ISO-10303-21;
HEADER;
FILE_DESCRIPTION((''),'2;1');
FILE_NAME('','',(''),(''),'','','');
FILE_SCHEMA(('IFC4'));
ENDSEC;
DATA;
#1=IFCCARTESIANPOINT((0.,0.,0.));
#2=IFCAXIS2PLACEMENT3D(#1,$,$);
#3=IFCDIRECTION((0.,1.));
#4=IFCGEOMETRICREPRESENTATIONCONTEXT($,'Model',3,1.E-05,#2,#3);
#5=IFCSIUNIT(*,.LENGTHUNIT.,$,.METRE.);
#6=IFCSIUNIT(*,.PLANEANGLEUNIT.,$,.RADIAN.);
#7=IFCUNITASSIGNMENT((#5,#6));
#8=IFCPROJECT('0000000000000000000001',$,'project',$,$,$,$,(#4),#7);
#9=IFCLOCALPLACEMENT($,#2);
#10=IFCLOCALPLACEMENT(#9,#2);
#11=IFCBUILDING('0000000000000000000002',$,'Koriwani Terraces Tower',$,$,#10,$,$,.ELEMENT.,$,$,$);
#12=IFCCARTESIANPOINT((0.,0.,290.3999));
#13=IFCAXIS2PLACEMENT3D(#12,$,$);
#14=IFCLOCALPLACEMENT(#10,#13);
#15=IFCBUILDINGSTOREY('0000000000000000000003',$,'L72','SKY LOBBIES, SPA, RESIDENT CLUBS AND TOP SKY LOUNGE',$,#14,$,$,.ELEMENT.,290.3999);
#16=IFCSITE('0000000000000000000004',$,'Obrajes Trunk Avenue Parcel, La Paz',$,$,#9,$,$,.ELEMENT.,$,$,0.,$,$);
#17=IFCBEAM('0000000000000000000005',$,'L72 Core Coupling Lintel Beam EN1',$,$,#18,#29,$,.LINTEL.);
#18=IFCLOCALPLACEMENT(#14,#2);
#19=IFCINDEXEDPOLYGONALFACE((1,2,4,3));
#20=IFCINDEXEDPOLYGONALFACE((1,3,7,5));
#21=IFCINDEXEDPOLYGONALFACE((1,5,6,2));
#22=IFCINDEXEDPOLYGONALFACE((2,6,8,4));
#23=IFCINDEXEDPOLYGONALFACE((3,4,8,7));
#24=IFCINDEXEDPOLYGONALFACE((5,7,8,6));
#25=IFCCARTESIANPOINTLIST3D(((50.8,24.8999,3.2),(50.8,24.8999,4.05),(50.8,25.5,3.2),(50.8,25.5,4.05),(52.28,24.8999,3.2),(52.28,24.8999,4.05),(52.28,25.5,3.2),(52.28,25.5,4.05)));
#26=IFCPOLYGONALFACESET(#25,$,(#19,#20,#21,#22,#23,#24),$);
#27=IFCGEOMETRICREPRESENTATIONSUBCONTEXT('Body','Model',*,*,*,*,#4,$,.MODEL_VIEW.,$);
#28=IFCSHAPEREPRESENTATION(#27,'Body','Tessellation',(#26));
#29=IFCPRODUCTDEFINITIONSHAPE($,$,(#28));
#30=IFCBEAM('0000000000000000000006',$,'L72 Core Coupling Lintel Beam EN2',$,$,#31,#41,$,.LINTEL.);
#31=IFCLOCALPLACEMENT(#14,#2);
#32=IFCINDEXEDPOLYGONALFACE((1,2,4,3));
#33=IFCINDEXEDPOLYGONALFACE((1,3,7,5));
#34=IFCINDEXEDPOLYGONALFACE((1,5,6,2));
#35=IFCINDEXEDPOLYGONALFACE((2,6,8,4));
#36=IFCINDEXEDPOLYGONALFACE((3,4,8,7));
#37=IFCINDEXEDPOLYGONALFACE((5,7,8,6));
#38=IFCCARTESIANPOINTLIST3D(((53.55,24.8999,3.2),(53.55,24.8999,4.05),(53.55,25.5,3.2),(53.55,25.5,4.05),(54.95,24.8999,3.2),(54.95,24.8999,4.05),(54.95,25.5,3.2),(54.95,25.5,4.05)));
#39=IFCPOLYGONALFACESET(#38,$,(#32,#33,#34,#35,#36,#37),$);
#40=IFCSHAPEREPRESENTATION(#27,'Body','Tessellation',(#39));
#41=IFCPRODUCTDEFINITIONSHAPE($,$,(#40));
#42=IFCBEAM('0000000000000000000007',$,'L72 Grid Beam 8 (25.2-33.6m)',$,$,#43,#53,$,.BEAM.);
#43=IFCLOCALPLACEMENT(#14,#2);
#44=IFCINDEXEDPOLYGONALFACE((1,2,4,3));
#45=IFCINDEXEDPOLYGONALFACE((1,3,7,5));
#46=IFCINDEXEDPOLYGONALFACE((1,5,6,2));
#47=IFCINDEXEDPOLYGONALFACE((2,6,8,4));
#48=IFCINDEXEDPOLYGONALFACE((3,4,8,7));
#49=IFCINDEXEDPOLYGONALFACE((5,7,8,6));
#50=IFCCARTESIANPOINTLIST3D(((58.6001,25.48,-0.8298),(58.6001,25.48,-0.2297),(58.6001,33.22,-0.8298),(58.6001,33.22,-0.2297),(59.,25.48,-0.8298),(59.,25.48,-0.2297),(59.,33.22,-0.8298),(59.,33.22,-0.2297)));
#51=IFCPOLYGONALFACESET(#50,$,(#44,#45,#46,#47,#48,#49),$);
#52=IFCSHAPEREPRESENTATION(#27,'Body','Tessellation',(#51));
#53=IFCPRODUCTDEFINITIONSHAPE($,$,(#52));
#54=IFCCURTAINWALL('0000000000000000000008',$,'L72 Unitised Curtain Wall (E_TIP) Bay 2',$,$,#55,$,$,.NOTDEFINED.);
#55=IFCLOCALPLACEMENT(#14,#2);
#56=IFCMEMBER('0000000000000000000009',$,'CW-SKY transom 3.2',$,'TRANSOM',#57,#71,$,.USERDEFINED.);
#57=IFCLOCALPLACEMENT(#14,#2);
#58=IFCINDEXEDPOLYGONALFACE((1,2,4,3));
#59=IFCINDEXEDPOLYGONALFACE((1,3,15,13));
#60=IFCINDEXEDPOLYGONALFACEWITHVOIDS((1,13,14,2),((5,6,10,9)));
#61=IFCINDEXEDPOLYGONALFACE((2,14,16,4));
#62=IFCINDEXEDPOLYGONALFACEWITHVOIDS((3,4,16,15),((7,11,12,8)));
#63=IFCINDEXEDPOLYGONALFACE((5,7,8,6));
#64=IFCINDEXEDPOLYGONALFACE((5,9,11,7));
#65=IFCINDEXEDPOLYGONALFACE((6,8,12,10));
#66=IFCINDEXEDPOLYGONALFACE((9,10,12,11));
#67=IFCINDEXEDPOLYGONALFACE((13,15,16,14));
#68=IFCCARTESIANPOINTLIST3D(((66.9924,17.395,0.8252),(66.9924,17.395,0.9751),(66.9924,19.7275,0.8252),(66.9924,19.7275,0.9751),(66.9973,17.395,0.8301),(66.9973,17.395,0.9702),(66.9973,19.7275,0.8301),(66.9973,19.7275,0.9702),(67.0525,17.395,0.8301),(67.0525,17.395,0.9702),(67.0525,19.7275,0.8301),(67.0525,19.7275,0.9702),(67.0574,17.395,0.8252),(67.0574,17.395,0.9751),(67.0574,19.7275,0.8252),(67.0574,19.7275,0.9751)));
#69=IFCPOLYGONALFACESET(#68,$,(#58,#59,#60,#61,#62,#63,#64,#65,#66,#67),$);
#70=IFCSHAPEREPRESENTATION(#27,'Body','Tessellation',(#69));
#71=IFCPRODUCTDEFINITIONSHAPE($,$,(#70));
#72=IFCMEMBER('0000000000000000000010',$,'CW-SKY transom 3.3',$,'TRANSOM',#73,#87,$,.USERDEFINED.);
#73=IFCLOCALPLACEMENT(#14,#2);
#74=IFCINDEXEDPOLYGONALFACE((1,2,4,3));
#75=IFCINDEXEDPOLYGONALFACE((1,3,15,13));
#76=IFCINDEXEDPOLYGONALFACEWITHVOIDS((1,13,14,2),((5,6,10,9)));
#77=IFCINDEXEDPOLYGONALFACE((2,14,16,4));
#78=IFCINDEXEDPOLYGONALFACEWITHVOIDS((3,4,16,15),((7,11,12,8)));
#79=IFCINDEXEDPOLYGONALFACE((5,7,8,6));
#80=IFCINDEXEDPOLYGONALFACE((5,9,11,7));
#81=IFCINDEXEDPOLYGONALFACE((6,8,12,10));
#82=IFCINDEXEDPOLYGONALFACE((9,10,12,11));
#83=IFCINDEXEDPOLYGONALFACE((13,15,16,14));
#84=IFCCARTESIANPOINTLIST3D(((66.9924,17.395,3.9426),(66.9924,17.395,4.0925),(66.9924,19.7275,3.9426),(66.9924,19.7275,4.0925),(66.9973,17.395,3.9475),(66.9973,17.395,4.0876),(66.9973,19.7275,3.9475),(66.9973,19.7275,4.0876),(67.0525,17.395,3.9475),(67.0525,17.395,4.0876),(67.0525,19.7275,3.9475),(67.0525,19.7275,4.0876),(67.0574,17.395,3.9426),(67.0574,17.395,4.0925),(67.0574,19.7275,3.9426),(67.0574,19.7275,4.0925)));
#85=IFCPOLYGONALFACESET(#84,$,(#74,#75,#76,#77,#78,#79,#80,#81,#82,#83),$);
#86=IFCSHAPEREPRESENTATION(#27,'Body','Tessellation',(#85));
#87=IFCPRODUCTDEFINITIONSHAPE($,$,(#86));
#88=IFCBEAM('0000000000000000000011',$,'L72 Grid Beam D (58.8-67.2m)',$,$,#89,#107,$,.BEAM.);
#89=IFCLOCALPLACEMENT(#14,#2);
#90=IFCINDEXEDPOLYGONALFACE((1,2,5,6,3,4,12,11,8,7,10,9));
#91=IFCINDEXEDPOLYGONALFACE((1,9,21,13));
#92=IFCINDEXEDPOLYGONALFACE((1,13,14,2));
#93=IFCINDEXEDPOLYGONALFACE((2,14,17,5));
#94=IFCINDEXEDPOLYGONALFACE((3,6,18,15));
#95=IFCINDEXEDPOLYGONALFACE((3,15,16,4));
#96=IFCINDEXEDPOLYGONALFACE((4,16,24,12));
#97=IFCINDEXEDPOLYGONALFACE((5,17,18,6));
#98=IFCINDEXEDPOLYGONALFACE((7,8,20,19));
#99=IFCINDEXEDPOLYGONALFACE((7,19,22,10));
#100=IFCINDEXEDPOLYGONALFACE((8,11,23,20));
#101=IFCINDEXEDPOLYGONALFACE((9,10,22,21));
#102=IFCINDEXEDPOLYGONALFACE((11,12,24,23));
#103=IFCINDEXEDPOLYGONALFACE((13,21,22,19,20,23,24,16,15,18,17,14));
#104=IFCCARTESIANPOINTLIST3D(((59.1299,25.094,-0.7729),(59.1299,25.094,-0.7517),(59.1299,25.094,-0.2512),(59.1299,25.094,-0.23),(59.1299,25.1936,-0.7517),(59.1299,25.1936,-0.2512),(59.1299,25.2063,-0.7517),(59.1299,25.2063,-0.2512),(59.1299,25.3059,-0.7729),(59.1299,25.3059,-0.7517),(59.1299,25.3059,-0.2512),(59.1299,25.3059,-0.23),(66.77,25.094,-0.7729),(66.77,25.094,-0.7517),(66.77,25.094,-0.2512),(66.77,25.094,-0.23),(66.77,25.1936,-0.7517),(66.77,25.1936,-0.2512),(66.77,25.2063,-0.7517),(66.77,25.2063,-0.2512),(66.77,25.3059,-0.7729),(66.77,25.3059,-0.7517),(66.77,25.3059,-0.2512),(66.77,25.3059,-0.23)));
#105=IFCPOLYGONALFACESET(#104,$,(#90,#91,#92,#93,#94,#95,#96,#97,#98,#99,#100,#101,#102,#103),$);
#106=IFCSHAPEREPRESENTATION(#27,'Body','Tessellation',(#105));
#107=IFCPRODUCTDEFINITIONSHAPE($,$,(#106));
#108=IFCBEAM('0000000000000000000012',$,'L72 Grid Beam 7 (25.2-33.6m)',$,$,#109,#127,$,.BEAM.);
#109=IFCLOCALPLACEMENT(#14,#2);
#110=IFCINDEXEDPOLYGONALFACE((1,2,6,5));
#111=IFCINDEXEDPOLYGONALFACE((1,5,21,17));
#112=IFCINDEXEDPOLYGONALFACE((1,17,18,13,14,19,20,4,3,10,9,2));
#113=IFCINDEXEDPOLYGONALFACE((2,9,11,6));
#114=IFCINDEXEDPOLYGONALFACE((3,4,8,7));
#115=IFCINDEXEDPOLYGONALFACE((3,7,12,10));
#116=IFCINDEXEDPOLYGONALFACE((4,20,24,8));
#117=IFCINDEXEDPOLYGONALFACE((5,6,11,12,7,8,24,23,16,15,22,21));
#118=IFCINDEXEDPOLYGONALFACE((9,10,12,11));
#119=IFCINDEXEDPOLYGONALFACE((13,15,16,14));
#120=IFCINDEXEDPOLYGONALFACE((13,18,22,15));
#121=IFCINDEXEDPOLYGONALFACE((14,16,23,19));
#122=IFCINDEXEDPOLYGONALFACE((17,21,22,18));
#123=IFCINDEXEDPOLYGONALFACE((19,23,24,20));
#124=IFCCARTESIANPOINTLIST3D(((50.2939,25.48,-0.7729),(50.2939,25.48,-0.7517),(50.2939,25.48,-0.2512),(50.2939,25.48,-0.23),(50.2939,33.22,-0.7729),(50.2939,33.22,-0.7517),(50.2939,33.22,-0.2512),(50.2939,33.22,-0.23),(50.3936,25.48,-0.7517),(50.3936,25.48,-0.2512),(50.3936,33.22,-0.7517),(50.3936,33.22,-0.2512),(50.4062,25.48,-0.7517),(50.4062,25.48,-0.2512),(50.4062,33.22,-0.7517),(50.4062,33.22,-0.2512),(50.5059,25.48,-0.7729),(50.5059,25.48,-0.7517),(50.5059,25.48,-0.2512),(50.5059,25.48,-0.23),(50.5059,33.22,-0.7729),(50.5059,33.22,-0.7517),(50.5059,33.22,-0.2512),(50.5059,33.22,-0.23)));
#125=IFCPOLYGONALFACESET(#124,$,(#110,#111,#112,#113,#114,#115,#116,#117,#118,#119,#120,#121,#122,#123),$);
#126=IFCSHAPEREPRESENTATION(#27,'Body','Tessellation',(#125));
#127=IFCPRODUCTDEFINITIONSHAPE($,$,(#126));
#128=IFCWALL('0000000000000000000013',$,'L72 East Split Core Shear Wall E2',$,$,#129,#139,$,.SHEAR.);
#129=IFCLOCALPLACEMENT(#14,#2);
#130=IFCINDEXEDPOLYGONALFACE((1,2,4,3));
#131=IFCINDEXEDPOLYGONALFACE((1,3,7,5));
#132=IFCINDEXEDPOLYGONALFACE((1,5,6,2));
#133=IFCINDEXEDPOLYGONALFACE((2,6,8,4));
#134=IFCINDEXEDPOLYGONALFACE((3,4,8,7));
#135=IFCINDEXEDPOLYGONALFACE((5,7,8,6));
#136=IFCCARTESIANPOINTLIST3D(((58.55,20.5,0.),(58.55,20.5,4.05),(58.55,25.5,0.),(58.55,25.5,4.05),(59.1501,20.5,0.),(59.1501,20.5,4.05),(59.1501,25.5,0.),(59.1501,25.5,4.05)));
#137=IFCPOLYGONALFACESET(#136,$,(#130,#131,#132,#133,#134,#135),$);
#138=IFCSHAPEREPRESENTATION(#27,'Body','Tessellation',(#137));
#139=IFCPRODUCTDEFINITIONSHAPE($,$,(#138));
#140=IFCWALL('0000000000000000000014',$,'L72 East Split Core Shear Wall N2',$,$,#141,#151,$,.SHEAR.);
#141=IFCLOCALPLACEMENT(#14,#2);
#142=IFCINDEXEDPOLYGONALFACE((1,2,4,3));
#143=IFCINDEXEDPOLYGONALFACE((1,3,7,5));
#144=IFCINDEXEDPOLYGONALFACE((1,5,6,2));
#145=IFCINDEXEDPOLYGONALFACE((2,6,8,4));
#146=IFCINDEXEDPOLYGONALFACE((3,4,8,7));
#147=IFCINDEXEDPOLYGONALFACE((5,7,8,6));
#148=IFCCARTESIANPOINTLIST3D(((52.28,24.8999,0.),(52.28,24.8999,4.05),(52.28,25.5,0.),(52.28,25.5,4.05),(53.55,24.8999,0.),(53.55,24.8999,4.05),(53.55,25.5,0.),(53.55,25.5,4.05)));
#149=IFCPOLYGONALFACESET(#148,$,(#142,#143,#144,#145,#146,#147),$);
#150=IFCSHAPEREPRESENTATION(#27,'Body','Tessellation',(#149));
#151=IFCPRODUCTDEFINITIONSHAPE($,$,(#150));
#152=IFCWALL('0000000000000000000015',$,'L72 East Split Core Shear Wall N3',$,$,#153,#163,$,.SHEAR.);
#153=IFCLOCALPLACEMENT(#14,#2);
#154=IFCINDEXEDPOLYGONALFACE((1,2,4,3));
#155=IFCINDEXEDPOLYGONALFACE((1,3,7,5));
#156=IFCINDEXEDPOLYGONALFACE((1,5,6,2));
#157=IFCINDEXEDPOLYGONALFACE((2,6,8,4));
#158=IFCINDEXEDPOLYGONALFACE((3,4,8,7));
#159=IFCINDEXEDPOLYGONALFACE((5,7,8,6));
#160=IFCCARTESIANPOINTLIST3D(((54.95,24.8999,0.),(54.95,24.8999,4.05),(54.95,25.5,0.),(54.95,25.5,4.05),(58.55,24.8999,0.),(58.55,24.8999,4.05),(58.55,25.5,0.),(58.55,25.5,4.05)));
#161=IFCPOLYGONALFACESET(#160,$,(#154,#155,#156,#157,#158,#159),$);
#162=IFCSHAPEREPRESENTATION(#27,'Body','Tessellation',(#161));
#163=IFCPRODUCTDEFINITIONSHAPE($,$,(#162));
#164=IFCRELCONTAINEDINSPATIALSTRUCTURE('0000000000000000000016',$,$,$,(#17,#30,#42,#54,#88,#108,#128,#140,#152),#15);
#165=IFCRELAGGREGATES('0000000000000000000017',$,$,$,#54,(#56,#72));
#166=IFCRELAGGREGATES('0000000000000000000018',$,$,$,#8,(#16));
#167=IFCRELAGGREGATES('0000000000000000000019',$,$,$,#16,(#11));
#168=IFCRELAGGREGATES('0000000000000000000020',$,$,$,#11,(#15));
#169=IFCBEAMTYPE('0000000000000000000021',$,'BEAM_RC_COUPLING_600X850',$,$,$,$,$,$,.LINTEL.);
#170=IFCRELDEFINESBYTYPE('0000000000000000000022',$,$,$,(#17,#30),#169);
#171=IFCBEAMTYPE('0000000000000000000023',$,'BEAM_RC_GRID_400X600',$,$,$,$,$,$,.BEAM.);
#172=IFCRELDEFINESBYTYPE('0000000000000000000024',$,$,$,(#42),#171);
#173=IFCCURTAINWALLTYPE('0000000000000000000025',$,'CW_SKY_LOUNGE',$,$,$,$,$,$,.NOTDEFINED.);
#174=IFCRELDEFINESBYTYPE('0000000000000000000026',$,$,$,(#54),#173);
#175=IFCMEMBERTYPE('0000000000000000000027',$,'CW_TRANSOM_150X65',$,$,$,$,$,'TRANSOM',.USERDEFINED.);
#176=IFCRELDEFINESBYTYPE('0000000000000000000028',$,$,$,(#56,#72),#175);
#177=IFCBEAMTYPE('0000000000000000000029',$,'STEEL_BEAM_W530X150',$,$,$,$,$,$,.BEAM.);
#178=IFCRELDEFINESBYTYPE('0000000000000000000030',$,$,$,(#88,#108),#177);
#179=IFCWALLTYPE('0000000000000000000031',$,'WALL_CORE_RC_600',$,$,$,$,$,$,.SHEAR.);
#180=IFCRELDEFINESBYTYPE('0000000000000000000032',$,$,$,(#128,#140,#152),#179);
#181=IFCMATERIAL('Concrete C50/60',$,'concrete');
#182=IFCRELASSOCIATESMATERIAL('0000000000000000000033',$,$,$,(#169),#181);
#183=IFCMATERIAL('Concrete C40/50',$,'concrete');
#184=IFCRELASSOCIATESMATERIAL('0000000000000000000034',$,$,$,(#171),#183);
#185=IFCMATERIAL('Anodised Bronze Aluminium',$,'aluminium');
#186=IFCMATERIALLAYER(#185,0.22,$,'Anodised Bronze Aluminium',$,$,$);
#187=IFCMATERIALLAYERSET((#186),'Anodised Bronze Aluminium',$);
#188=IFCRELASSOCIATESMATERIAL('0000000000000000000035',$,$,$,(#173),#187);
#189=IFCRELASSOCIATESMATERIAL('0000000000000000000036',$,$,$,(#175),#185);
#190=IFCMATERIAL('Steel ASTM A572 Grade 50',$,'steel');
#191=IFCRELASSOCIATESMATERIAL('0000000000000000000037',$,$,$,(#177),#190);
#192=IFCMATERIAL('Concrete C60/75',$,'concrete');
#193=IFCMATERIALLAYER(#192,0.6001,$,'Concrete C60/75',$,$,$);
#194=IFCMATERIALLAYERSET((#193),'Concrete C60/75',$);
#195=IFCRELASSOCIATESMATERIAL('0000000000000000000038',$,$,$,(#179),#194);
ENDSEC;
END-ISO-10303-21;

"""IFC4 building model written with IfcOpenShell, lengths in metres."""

from ifc_helpers import new_model, si_unit, direction, frame, frame_2d, origin, origin_2d, place, context, subcontext, project, spatial, rectangle, hollow_rectangle, i_section, extrude, material, layer, layer_set, material_profile, profile_set, type_object, element, aggregate, save


model = new_model("IFC4")

# Units and contexts
model_context = context("Model", 3, precision=1e-05, world=origin(), true_north=direction((0.0, 1.0)))
body_context = subcontext(model_context, "Body", "Model", "MODEL_VIEW")
ifc_project = project(units=[si_unit("LENGTHUNIT", "METRE"), si_unit("PLANEANGLEUNIT", "RADIAN")], contexts=[model_context])

# Site, building, storey
site_placement = place(None, origin())
site = spatial("IfcSite", under=ifc_project, at=site_placement, Name="Obrajes Trunk Avenue Parcel, La Paz", CompositionType="ELEMENT", RefElevation=0.0)
building_placement = place(site_placement, origin())
building = spatial("IfcBuilding", under=site, at=building_placement, Name="Koriwani Terraces Tower", CompositionType="ELEMENT")
storey_placement = place(building_placement, frame((0.0, 0.0, 290.3999)))
storey = spatial("IfcBuildingStorey", under=building, at=storey_placement, Name="L72", Description="SKY LOBBIES, SPA, RESIDENT CLUBS AND TOP SKY LOUNGE", CompositionType="ELEMENT", Elevation=290.3999)

# Beams
ifc_material_1 = material(Name="Concrete C50/60", Category="concrete")
ifc_material_profile_1 = material_profile(ifc_material_1, rectangle(XDim=0.6001, YDim=0.8501, at=origin_2d()), Name="Concrete C50/60", Category="LoadBearing")
ifc_profile_set_1 = profile_set([ifc_material_profile_1], Name="Concrete C50/60")
beam_type_1 = type_object("IfcBeamType", Name="BEAM_RC_COUPLING_600X850", PredefinedType="LINTEL", material=ifc_profile_set_1)
beam_1_placement = place(storey_placement, frame((50.8, 25.2, 3.625), z_axis=(1.0, 0.0, 0.0), x_axis=(0.0, 1.0, 0.0)))
element("IfcBeam", 1, at=beam_1_placement, inside=storey, type_object=beam_type_1, Name="L72 Core Coupling Lintel Beam EN1", PredefinedType="LINTEL", context=body_context, shape_type="SweptSolid", body=[
    extrude(rectangle(XDim=0.6001, YDim=0.8501, at=origin_2d()), origin(), (0.0, 0.0, 1.0), 1.48),
])
beam_2_placement = place(storey_placement, frame((53.55, 25.2, 3.625), z_axis=(1.0, 0.0, 0.0), x_axis=(0.0, 1.0, 0.0)))
element("IfcBeam", 2, at=beam_2_placement, inside=storey, type_object=beam_type_1, Name="L72 Core Coupling Lintel Beam EN2", PredefinedType="LINTEL", context=body_context, shape_type="SweptSolid", body=[
    extrude(rectangle(XDim=0.6001, YDim=0.8501, at=origin_2d()), origin(), (0.0, 0.0, 1.0), 1.3999),
])
ifc_material_2 = material(Name="Concrete C40/50", Category="concrete")
ifc_material_profile_2 = material_profile(ifc_material_2, rectangle(XDim=0.3999, YDim=0.6001, at=origin_2d()), Name="Concrete C40/50", Category="LoadBearing")
ifc_profile_set_2 = profile_set([ifc_material_profile_2], Name="Concrete C40/50")
beam_type_2 = type_object("IfcBeamType", Name="BEAM_RC_GRID_400X600", PredefinedType="BEAM", material=ifc_profile_set_2)
beam_3_placement = place(storey_placement, frame((58.8, 25.48, -0.5298), z_axis=(0.0, 1.0, 0.0), x_axis=(-1.0, 0.0, 0.0)))
element("IfcBeam", 3, at=beam_3_placement, inside=storey, type_object=beam_type_2, Name="L72 Grid Beam 8 (25.2-33.6m)", PredefinedType="BEAM", context=body_context, shape_type="SweptSolid", body=[
    extrude(rectangle(XDim=0.3999, YDim=0.6001, at=origin_2d()), origin(), (0.0, 0.0, 1.0), 7.74),
])

# Curtain wall, members
ifc_material_3 = material(Name="Anodised Bronze Aluminium", Category="aluminium")
ifc_layer_1 = layer(ifc_material_3, 0.22, Name="Anodised Bronze Aluminium")
ifc_layer_set_1 = layer_set([ifc_layer_1], Name="Anodised Bronze Aluminium")
curtain_wall_type = type_object("IfcCurtainWallType", Name="CW_SKY_LOUNGE", PredefinedType="NOTDEFINED", material=ifc_layer_set_1)
curtain_wall_placement = place(storey_placement, origin())
curtain_wall = element("IfcCurtainWall", 4, at=curtain_wall_placement, inside=storey, type_object=curtain_wall_type, Name="L72 Unitised Curtain Wall (E_TIP) Bay 2", PredefinedType="NOTDEFINED")
ifc_material_profile_3 = material_profile(ifc_material_3, hollow_rectangle(XDim=0.0649, YDim=0.1499, WallThickness=0.0049, at=origin_2d()), Name="Anodised Bronze Aluminium", Category="LoadBearing")
ifc_profile_set_3 = profile_set([ifc_material_profile_3], Name="Anodised Bronze Aluminium")
member_type = type_object("IfcMemberType", Name="CW_TRANSOM_150X65", ElementType="TRANSOM", PredefinedType="USERDEFINED", material=ifc_profile_set_3)
member_1_placement = place(storey_placement, frame((67.0249, 19.7275, 0.9001), z_axis=(0.0, -1.0, 0.0), x_axis=(1.0, 0.0, 0.0)))
member_1 = element("IfcMember", 5, at=member_1_placement, type_object=member_type, Name="CW-SKY transom 3.2", ObjectType="TRANSOM", PredefinedType="USERDEFINED", context=body_context, shape_type="SweptSolid", body=[
    extrude(hollow_rectangle(XDim=0.0649, YDim=0.1499, WallThickness=0.0049, at=origin_2d()), origin(), (0.0, 0.0, 1.0), 2.3325),
])
member_2_placement = place(storey_placement, frame((67.0249, 19.7275, 4.0176), z_axis=(0.0, -1.0, 0.0), x_axis=(1.0, 0.0, 0.0)))
member_2 = element("IfcMember", 6, at=member_2_placement, type_object=member_type, Name="CW-SKY transom 3.3", ObjectType="TRANSOM", PredefinedType="USERDEFINED", context=body_context, shape_type="SweptSolid", body=[
    extrude(hollow_rectangle(XDim=0.0649, YDim=0.1499, WallThickness=0.0049, at=origin_2d()), origin(), (0.0, 0.0, 1.0), 2.3325),
])
aggregate(curtain_wall, [member_1, member_2])

# Beams
ifc_material_4 = material(Name="Steel ASTM A572 Grade 50", Category="steel")
ifc_material_profile_4 = material_profile(ifc_material_4, i_section(OverallWidth=0.2119, OverallDepth=0.543, WebThickness=0.0127, FlangeThickness=0.0212, at=origin_2d()), Name="Steel ASTM A572 Grade 50", Category="LoadBearing")
ifc_profile_set_4 = profile_set([ifc_material_profile_4], Name="Steel ASTM A572 Grade 50")
beam_type_3 = type_object("IfcBeamType", Name="STEEL_BEAM_W530X150", PredefinedType="BEAM", material=ifc_profile_set_4)
beam_4_placement = place(storey_placement, frame((59.1299, 25.2, -0.5015), z_axis=(1.0, 0.0, 0.0), x_axis=(0.0, 1.0, 0.0)))
element("IfcBeam", 7, at=beam_4_placement, inside=storey, type_object=beam_type_3, Name="L72 Grid Beam D (58.8-67.2m)", PredefinedType="BEAM", context=body_context, shape_type="SweptSolid", body=[
    extrude(i_section(OverallWidth=0.2119, OverallDepth=0.543, WebThickness=0.0127, FlangeThickness=0.0212, at=origin_2d()), origin(), (0.0, 0.0, 1.0), 7.6401),
])
beam_5_placement = place(storey_placement, frame((50.3999, 25.48, -0.5015), z_axis=(0.0, 1.0, 0.0), x_axis=(-1.0, 0.0, 0.0)))
element("IfcBeam", 8, at=beam_5_placement, inside=storey, type_object=beam_type_3, Name="L72 Grid Beam 7 (25.2-33.6m)", PredefinedType="BEAM", context=body_context, shape_type="SweptSolid", body=[
    extrude(i_section(OverallWidth=0.2119, OverallDepth=0.543, WebThickness=0.0127, FlangeThickness=0.0212, at=origin_2d()), origin(), (0.0, 0.0, 1.0), 7.74),
])

# Walls
ifc_material_5 = material(Name="Concrete C60/75", Category="concrete")
ifc_layer_2 = layer(ifc_material_5, 0.6001, Name="Concrete C60/75")
ifc_layer_set_2 = layer_set([ifc_layer_2], Name="Concrete C60/75")
wall_type_1 = type_object("IfcWallType", Name="WALL_CORE_RC_600", PredefinedType="SHEAR", material=ifc_layer_set_2)
wall_1_placement = place(storey_placement, frame((58.8501, 20.5, 0.0), z_axis=(0.0, 0.0, 1.0), x_axis=(0.0, 1.0, 0.0)))
element("IfcWall", 9, at=wall_1_placement, inside=storey, type_object=wall_type_1, Name="L72 East Split Core Shear Wall E2", PredefinedType="SHEAR", context=body_context, shape_type="SweptSolid", body=[
    extrude(rectangle(XDim=5.0, YDim=0.6001, at=frame_2d((2.5, 0.0))), origin(), (0.0, 0.0, 1.0), 4.05),
])
wall_2_placement = place(storey_placement, frame((52.28, 25.2, 0.0), z_axis=(0.0, 0.0, 1.0), x_axis=(1.0, 0.0, 0.0)))
element("IfcWall", 10, at=wall_2_placement, inside=storey, type_object=wall_type_1, Name="L72 East Split Core Shear Wall N2", PredefinedType="SHEAR", context=body_context, shape_type="SweptSolid", body=[
    extrude(rectangle(XDim=1.27, YDim=0.6001, at=frame_2d((0.635, 0.0))), origin(), (0.0, 0.0, 1.0), 4.05),
])
wall_3_placement = place(storey_placement, frame((54.95, 25.2, 0.0), z_axis=(0.0, 0.0, 1.0), x_axis=(1.0, 0.0, 0.0)))
element("IfcWall", 11, at=wall_3_placement, inside=storey, type_object=wall_type_1, Name="L72 East Split Core Shear Wall N3", PredefinedType="SHEAR", context=body_context, shape_type="SweptSolid", body=[
    extrude(rectangle(XDim=3.6001, YDim=0.6001, at=frame_2d((1.8, 0.0))), origin(), (0.0, 0.0, 1.0), 4.05),
])

save(model, "model.ifc")
